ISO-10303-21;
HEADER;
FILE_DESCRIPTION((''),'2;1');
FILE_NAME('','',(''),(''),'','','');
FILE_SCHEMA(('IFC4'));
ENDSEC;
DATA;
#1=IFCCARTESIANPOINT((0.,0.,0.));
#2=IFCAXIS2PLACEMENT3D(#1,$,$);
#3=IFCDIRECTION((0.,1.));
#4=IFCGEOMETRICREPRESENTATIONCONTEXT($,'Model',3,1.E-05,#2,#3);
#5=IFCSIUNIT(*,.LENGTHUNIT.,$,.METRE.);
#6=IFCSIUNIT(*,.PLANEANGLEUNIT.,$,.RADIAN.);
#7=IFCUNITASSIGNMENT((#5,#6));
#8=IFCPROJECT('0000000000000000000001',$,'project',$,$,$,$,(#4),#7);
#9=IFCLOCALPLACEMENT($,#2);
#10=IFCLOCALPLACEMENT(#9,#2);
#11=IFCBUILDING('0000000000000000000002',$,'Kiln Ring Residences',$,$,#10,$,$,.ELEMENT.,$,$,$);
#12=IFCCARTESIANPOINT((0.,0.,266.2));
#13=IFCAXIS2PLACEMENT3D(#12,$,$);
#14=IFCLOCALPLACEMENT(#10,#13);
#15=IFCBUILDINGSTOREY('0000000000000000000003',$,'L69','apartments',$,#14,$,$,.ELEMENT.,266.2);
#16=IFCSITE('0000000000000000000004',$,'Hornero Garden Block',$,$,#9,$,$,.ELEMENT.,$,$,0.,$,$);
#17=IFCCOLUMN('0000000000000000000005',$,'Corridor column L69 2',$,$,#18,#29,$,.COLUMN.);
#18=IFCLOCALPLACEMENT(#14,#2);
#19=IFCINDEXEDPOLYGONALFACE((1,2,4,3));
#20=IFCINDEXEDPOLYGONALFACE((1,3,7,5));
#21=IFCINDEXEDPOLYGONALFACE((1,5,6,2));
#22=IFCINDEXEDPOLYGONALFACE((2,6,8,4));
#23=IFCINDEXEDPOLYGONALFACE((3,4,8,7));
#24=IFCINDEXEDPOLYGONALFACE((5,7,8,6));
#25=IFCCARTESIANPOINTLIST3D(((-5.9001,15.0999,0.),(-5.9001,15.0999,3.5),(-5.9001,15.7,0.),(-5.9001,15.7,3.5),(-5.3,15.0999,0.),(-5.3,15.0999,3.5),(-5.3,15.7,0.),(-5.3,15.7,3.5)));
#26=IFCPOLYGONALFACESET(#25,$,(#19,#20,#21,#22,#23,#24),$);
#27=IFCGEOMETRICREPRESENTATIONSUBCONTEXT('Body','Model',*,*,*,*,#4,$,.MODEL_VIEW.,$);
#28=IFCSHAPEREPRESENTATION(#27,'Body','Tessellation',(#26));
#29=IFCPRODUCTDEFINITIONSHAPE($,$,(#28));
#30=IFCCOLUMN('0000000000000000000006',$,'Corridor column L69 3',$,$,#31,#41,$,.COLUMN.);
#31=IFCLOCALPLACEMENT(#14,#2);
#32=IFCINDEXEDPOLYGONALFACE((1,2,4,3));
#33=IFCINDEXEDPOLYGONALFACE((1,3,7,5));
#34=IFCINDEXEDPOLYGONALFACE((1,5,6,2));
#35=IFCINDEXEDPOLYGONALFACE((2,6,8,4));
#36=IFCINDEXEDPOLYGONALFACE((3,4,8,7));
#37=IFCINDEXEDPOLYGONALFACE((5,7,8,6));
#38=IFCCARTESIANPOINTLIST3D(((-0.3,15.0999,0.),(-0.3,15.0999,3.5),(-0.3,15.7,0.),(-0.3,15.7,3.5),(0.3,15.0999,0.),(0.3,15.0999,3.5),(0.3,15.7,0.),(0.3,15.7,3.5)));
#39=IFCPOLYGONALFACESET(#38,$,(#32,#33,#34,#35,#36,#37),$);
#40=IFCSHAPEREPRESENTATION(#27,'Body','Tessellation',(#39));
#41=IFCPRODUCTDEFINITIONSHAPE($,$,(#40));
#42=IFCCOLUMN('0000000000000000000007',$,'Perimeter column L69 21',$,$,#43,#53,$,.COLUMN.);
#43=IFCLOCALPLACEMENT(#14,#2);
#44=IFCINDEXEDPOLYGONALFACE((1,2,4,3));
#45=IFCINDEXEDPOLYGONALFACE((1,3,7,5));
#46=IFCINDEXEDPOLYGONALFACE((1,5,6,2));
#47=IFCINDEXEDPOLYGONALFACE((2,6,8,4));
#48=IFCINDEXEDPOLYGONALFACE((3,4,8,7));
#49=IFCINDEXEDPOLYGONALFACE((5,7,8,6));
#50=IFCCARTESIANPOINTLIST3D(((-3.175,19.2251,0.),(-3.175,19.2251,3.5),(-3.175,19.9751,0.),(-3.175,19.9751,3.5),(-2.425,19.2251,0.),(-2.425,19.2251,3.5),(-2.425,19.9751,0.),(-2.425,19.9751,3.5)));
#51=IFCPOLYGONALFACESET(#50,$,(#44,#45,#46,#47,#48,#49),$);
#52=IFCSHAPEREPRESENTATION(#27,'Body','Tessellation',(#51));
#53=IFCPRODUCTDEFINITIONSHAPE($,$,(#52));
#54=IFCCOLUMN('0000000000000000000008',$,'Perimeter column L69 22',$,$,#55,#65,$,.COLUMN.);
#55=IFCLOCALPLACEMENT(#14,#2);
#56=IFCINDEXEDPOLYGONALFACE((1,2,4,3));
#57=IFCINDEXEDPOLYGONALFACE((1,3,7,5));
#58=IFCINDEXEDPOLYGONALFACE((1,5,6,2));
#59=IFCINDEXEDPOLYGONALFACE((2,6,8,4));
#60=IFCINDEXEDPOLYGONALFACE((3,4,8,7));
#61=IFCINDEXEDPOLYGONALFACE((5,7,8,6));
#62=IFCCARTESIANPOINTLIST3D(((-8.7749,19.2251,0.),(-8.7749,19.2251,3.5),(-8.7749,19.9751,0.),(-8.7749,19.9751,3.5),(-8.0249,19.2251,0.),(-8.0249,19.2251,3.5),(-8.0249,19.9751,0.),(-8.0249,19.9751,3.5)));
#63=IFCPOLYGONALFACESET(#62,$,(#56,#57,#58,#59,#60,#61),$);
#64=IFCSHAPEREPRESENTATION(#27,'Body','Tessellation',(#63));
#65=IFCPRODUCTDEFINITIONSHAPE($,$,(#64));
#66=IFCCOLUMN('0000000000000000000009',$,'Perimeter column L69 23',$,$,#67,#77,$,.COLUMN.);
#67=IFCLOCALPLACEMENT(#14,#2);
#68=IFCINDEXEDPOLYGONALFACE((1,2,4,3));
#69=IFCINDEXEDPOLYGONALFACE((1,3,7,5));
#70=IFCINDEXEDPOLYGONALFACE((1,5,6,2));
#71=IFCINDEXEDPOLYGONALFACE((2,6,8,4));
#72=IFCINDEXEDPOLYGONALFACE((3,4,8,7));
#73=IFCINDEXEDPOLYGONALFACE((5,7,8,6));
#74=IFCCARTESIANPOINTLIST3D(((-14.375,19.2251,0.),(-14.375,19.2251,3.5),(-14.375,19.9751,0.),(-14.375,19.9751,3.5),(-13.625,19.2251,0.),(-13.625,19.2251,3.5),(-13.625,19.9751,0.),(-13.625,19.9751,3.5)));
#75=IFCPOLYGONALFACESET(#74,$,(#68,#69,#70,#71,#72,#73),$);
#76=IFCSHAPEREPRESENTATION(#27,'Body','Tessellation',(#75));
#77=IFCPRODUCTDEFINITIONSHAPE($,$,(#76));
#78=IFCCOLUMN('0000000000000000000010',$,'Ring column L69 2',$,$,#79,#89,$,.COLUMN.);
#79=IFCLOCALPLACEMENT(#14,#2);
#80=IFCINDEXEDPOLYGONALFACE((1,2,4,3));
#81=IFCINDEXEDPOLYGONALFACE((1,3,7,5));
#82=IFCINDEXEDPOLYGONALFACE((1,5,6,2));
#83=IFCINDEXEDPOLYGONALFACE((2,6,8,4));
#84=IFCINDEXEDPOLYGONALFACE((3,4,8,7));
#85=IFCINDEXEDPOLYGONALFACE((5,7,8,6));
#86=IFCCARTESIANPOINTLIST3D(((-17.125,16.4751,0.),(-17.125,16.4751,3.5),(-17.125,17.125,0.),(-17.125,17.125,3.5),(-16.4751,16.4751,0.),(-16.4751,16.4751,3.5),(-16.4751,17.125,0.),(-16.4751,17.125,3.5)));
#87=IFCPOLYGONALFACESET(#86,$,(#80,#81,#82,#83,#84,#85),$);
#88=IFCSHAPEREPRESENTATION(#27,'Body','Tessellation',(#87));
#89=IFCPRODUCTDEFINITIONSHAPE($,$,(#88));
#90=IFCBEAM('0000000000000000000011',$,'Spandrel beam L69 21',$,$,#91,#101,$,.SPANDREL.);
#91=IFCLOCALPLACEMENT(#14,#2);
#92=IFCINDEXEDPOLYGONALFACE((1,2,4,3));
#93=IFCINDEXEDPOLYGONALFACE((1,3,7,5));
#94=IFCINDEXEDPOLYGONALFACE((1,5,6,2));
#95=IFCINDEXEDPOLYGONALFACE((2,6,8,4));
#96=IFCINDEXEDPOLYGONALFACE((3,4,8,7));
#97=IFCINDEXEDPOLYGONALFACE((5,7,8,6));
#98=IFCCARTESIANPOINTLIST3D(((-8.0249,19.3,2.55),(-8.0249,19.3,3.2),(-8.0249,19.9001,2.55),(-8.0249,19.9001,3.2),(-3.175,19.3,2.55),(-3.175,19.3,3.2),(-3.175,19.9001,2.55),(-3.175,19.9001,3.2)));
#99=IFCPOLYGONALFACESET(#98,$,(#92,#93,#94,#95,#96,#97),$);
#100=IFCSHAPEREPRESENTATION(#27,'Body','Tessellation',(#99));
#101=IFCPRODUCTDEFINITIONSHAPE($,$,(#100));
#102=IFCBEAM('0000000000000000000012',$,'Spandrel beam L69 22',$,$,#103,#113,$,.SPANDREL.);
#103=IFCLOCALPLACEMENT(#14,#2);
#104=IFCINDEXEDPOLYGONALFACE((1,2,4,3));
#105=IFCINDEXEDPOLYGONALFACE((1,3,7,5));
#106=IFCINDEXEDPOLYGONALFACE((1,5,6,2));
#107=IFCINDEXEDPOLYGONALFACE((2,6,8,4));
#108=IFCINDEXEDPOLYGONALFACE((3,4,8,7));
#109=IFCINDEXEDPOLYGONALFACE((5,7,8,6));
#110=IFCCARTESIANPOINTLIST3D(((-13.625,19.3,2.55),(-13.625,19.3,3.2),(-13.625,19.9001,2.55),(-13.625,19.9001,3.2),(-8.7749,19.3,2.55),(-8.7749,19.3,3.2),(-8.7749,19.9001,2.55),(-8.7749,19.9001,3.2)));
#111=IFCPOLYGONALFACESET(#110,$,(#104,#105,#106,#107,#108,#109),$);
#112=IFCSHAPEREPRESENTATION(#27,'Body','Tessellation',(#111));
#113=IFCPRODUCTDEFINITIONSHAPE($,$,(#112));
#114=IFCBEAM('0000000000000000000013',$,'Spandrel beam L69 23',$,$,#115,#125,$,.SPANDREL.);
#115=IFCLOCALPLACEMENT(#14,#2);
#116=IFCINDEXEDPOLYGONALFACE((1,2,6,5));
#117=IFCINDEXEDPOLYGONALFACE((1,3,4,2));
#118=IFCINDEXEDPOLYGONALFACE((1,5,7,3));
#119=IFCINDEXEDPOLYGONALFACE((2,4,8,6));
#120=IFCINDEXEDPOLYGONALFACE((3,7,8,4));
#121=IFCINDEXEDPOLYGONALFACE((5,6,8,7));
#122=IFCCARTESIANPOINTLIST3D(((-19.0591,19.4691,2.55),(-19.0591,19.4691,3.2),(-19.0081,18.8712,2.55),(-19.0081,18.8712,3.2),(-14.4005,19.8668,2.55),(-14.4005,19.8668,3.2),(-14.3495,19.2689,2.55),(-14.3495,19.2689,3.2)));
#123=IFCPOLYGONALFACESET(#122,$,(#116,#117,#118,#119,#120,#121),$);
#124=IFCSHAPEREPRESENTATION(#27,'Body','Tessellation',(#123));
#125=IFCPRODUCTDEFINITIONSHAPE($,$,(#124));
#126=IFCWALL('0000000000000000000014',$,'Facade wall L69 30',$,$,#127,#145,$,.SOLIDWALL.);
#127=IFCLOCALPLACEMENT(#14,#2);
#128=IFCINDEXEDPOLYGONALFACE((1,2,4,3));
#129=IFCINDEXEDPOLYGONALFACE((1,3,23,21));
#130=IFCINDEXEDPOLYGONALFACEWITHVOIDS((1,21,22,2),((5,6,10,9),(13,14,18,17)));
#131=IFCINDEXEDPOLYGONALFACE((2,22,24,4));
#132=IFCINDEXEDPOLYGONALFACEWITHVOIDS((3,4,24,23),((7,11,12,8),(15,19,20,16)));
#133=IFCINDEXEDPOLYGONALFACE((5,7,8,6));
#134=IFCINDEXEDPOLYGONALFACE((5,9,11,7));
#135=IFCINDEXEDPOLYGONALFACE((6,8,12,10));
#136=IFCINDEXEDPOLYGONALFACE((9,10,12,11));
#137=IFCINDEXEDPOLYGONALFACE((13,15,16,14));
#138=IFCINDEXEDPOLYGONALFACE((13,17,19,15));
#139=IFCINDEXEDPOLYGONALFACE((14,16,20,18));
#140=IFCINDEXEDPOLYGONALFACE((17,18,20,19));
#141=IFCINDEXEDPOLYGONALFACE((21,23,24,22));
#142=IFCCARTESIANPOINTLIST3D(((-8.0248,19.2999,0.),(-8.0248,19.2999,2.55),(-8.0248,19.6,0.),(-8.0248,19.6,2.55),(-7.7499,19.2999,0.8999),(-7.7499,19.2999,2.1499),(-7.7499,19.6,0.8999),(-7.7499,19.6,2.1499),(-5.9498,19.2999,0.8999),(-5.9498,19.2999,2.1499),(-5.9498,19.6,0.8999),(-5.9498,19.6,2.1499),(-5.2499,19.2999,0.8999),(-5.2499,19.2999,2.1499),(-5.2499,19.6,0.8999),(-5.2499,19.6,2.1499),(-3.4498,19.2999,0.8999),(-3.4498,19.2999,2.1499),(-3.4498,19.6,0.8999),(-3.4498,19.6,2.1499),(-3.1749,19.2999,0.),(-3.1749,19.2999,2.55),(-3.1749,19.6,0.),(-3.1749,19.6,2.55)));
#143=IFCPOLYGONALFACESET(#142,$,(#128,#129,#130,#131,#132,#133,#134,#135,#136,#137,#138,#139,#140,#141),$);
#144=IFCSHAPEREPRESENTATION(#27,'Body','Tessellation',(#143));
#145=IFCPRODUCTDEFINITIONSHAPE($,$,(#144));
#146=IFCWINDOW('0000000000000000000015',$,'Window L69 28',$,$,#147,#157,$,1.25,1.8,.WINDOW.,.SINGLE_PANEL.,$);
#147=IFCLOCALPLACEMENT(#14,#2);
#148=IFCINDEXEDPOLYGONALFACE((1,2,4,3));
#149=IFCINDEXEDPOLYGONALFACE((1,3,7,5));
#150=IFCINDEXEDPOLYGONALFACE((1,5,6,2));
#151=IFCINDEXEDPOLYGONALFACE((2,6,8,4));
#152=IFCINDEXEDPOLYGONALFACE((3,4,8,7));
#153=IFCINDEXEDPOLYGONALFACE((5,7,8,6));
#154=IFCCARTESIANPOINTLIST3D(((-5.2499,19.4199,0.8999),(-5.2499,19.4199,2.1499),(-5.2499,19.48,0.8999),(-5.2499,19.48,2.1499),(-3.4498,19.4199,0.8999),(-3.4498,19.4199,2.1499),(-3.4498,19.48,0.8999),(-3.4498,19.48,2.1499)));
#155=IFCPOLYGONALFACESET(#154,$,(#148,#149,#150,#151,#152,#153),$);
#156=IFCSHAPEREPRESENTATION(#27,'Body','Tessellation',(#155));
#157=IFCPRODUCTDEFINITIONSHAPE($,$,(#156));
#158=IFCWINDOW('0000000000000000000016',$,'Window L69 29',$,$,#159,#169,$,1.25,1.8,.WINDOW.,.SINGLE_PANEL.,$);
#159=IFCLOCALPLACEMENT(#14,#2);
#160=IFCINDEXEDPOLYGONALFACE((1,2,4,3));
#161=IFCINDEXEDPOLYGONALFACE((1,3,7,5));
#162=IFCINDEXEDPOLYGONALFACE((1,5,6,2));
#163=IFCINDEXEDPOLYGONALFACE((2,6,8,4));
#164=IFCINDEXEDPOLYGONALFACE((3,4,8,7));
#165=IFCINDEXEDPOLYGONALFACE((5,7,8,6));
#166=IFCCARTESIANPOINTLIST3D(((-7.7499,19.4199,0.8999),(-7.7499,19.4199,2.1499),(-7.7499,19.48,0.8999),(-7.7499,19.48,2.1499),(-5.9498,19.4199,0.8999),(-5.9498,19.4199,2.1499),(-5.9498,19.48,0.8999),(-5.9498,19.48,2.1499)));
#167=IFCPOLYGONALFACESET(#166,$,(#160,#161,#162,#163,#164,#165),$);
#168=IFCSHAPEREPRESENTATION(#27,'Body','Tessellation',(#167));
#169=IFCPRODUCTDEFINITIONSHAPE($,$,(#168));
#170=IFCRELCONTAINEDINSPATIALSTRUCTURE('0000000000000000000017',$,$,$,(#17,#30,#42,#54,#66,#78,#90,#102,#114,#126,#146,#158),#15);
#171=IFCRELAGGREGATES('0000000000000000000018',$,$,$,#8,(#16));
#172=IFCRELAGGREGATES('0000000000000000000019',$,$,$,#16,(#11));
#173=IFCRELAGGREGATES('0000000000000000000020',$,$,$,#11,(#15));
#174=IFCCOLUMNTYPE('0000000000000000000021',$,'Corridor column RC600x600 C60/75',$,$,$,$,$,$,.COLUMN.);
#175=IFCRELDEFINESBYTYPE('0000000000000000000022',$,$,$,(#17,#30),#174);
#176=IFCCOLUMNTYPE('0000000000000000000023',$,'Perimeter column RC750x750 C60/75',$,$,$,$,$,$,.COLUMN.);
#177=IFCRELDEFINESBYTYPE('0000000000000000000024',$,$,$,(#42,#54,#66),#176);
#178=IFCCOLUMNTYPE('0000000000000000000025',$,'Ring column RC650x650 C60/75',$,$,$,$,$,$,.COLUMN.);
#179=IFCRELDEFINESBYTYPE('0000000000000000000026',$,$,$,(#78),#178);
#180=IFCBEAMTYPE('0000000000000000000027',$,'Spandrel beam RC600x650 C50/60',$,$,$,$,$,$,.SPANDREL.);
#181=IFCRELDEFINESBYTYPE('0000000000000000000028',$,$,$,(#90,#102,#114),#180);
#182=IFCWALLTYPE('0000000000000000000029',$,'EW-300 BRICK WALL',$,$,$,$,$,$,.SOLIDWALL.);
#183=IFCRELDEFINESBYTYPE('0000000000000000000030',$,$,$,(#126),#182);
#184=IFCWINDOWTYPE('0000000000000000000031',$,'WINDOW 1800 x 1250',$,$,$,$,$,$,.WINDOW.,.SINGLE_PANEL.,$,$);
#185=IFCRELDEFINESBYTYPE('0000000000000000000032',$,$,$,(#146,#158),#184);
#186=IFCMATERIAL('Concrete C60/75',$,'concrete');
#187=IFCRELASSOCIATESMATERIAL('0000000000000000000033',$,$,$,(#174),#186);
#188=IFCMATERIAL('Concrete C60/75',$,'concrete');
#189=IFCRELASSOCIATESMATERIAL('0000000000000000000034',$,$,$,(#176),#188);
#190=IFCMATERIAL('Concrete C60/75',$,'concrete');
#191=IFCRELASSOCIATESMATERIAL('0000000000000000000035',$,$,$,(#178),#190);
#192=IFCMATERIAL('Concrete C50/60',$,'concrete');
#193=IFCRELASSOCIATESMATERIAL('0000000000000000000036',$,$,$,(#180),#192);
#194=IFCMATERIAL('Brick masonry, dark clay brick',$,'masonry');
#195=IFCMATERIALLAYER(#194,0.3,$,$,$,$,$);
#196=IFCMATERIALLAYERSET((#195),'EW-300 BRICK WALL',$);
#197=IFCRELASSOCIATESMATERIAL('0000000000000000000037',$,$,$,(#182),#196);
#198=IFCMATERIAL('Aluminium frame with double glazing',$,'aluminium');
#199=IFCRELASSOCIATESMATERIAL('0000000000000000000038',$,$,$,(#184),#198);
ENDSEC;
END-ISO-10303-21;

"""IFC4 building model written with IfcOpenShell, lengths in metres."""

from ifc_helpers import new_model, si_unit, direction, frame, frame_2d, origin, origin_2d, place, context, subcontext, project, spatial, rectangle, extrude, material, layer, layer_set, material_profile, profile_set, type_object, element, fill, save


model = new_model("IFC4")

# Units and contexts
model_context = context("Model", 3, precision=1e-05, world=origin(), true_north=direction((0.0, 1.0)))
body_context = subcontext(model_context, "Body", "Model", "MODEL_VIEW")
ifc_project = project(units=[si_unit("LENGTHUNIT", "METRE"), si_unit("PLANEANGLEUNIT", "RADIAN")], contexts=[model_context])

# Site, building, storey
site_placement = place(None, origin())
site = spatial("IfcSite", under=ifc_project, at=site_placement, Name="Hornero Garden Block", CompositionType="ELEMENT", RefElevation=0.0)
building_placement = place(site_placement, origin())
building = spatial("IfcBuilding", under=site, at=building_placement, Name="Kiln Ring Residences", CompositionType="ELEMENT")
storey_placement = place(building_placement, frame((0.0, 0.0, 266.2)))
storey = spatial("IfcBuildingStorey", under=building, at=storey_placement, Name="L69", Description="apartments", CompositionType="ELEMENT", Elevation=266.2)

# Columns
ifc_material_1 = material(Name="Concrete C60/75", Category="concrete")
ifc_material_profile_1 = material_profile(ifc_material_1, rectangle(XDim=0.6001, YDim=0.6001, at=origin_2d()), Name="RC600x600")
ifc_profile_set_1 = profile_set([ifc_material_profile_1], Name="Concrete C60/75")
column_type_1 = type_object("IfcColumnType", Name="Corridor column RC600x600 C60/75", PredefinedType="COLUMN", material=ifc_profile_set_1)
for number, where, z_axis, x_axis, name in (
    (1, (-5.6001, 15.3999, 0.0), (0.0, 0.0, 1.0), (1.0, 0.0, 0.0), "Corridor column L69 2"),
    (2, (0.0, 15.3999, 0.0), (0.0, 0.0, 1.0), (1.0, 0.0, 0.0), "Corridor column L69 3"),
):
    element("IfcColumn", number, at=place(storey_placement, frame(where, z_axis=z_axis, x_axis=x_axis)), inside=storey, type_object=column_type_1, Name=name, PredefinedType="COLUMN", context=body_context, shape_type="SweptSolid", body=[
        extrude(rectangle(XDim=0.6001, YDim=0.6001, at=origin_2d()), origin(), (0.0, 0.0, 1.0), 3.5),
    ])
ifc_material_2 = material(Name="Concrete C60/75", Category="concrete")
ifc_material_profile_2 = material_profile(ifc_material_2, rectangle(XDim=0.75, YDim=0.75, at=origin_2d()), Name="RC750x750")
ifc_profile_set_2 = profile_set([ifc_material_profile_2], Name="Concrete C60/75")
column_type_2 = type_object("IfcColumnType", Name="Perimeter column RC750x750 C60/75", PredefinedType="COLUMN", material=ifc_profile_set_2)
for number, where, z_axis, x_axis, name in (
    (3, (-2.8, 19.6001, 0.0), (0.0, 0.0, 1.0), (1.0, 0.0, 0.0), "Perimeter column L69 21"),
    (4, (-8.3999, 19.6001, 0.0), (0.0, 0.0, 1.0), (1.0, 0.0, 0.0), "Perimeter column L69 22"),
    (5, (-14.0, 19.6001, 0.0), (0.0, 0.0, 1.0), (1.0, 0.0, 0.0), "Perimeter column L69 23"),
):
    element("IfcColumn", number, at=place(storey_placement, frame(where, z_axis=z_axis, x_axis=x_axis)), inside=storey, type_object=column_type_2, Name=name, PredefinedType="COLUMN", context=body_context, shape_type="SweptSolid", body=[
        extrude(rectangle(XDim=0.75, YDim=0.75, at=origin_2d()), origin(), (0.0, 0.0, 1.0), 3.5),
    ])
ifc_material_3 = material(Name="Concrete C60/75", Category="concrete")
ifc_material_profile_3 = material_profile(ifc_material_3, rectangle(XDim=0.6499, YDim=0.6499, at=origin_2d()), Name="RC650x650")
ifc_profile_set_3 = profile_set([ifc_material_profile_3], Name="Concrete C60/75")
column_type_3 = type_object("IfcColumnType", Name="Ring column RC650x650 C60/75", PredefinedType="COLUMN", material=ifc_profile_set_3)
column_placement = place(storey_placement, frame((-16.8, 16.8, 0.0), z_axis=(0.0, 0.0, 1.0), x_axis=(1.0, 0.0, 0.0)))
element("IfcColumn", 6, at=column_placement, inside=storey, type_object=column_type_3, Name="Ring column L69 2", PredefinedType="COLUMN", context=body_context, shape_type="SweptSolid", body=[
    extrude(rectangle(XDim=0.6499, YDim=0.6499, at=origin_2d()), origin(), (0.0, 0.0, 1.0), 3.5),
])

# Beams
ifc_material_4 = material(Name="Concrete C50/60", Category="concrete")
ifc_material_profile_4 = material_profile(ifc_material_4, rectangle(XDim=0.6001, YDim=0.6499, at=origin_2d()), Name="RC600x650")
ifc_profile_set_4 = profile_set([ifc_material_profile_4], Name="Concrete C50/60")
beam_type = type_object("IfcBeamType", Name="Spandrel beam RC600x650 C50/60", PredefinedType="SPANDREL", material=ifc_profile_set_4)
beam_1_placement = place(storey_placement, frame((-3.175, 19.6001, 2.875), z_axis=(-1.0, 0.0, 0.0), x_axis=(0.0, -1.0, 0.0)))
element("IfcBeam", 7, at=beam_1_placement, inside=storey, type_object=beam_type, Name="Spandrel beam L69 21", PredefinedType="SPANDREL", context=body_context, shape_type="SweptSolid", body=[
    extrude(rectangle(XDim=0.6001, YDim=0.6499, at=origin_2d()), origin(), (0.0, 0.0, 1.0), 4.8499),
])
beam_2_placement = place(storey_placement, frame((-8.7749, 19.6001, 2.875), z_axis=(-1.0, 0.0, 0.0), x_axis=(0.0, -1.0, 0.0)))
element("IfcBeam", 8, at=beam_2_placement, inside=storey, type_object=beam_type, Name="Spandrel beam L69 22", PredefinedType="SPANDREL", context=body_context, shape_type="SweptSolid", body=[
    extrude(rectangle(XDim=0.6001, YDim=0.6499, at=origin_2d()), origin(), (0.0, 0.0, 1.0), 4.8501),
])
beam_3_placement = place(storey_placement, frame((-14.375, 19.5679, 2.875), z_axis=(-0.996376, -0.085059, 0.0), x_axis=(0.085059, -0.996376, 0.0)))
element("IfcBeam", 9, at=beam_3_placement, inside=storey, type_object=beam_type, Name="Spandrel beam L69 23", PredefinedType="SPANDREL", context=body_context, shape_type="SweptSolid", body=[
    extrude(rectangle(XDim=0.6001, YDim=0.6499, at=origin_2d()), origin(), (0.0, 0.0, 1.0), 4.6755),
])

# Wall, openings, windows
ifc_material_5 = material(Name="Brick masonry, dark clay brick", Category="masonry")
ifc_layer_1 = layer(ifc_material_5, 0.3)
ifc_layer_set_1 = layer_set([ifc_layer_1], Name="EW-300 BRICK WALL")
wall_type_1 = type_object("IfcWallType", Name="EW-300 BRICK WALL", PredefinedType="SOLIDWALL", material=ifc_layer_set_1)
wall_1_placement = place(storey_placement, frame((-3.175, 19.45, 0.0), z_axis=(0.0, 0.0, 1.0), x_axis=(-1.0, 0.0, 0.0)))
wall_1 = element("IfcWall", 10, at=wall_1_placement, inside=storey, type_object=wall_type_1, Name="Facade wall L69 30", PredefinedType="SOLIDWALL", context=body_context, shape_type="SweptSolid", body=[
    extrude(rectangle(XDim=4.8499, YDim=0.3, at=frame_2d((2.4248, 0.0))), origin(), (0.0, 0.0, 1.0), 2.55),
])
opening_1_placement = place(wall_1_placement, frame((0.2749, 0.0, 0.8999)))
opening_1 = element("IfcOpeningElement", 11, at=opening_1_placement, cuts=wall_1, PredefinedType="OPENING", context=body_context, shape_type="SweptSolid", body=[
    extrude(rectangle(XDim=1.8, YDim=1.25, at=frame_2d((0.8999, 0.625))), frame((0.0, 0.1599, 0.0), z_axis=(0.0, -1.0, 0.0), x_axis=(1.0, 0.0, 0.0)), (0.0, 0.0, 1.0), 0.3201),
])
opening_2_placement = place(wall_1_placement, frame((2.7749, 0.0, 0.8999)))
opening_2 = element("IfcOpeningElement", 12, at=opening_2_placement, cuts=wall_1, PredefinedType="OPENING", context=body_context, shape_type="SweptSolid", body=[
    extrude(rectangle(XDim=1.8, YDim=1.25, at=frame_2d((0.8999, 0.625))), frame((0.0, 0.1599, 0.0), z_axis=(0.0, -1.0, 0.0), x_axis=(1.0, 0.0, 0.0)), (0.0, 0.0, 1.0), 0.3201),
])
ifc_material_6 = material(Name="Aluminium frame with double glazing", Category="aluminium")
window_type_1 = type_object("IfcWindowType", Name="WINDOW 1800 x 1250", PartitioningType="SINGLE_PANEL", PredefinedType="WINDOW", material=ifc_material_6)
window_1_placement = place(opening_1_placement, origin())
window_1 = element("IfcWindow", 13, at=window_1_placement, inside=storey, type_object=window_type_1, Name="Window L69 28", OverallHeight=1.25, OverallWidth=1.8, PartitioningType="SINGLE_PANEL", PredefinedType="WINDOW", context=body_context, shape_type="SweptSolid", body=[
    extrude(rectangle(XDim=1.8, YDim=1.25, at=frame_2d((0.8999, 0.625))), frame((0.0, 0.03, 0.0), z_axis=(0.0, -1.0, 0.0), x_axis=(1.0, 0.0, 0.0)), (0.0, 0.0, 1.0), 0.0601),
])
fill(opening_1, window_1)
window_2_placement = place(opening_2_placement, origin())
window_2 = element("IfcWindow", 14, at=window_2_placement, inside=storey, type_object=window_type_1, Name="Window L69 29", OverallHeight=1.25, OverallWidth=1.8, PartitioningType="SINGLE_PANEL", PredefinedType="WINDOW", context=body_context, shape_type="SweptSolid", body=[
    extrude(rectangle(XDim=1.8, YDim=1.25, at=frame_2d((0.8999, 0.625))), frame((0.0, 0.03, 0.0), z_axis=(0.0, -1.0, 0.0), x_axis=(1.0, 0.0, 0.0)), (0.0, 0.0, 1.0), 0.0601),
])
fill(opening_2, window_2)

save(model, "model.ifc")
